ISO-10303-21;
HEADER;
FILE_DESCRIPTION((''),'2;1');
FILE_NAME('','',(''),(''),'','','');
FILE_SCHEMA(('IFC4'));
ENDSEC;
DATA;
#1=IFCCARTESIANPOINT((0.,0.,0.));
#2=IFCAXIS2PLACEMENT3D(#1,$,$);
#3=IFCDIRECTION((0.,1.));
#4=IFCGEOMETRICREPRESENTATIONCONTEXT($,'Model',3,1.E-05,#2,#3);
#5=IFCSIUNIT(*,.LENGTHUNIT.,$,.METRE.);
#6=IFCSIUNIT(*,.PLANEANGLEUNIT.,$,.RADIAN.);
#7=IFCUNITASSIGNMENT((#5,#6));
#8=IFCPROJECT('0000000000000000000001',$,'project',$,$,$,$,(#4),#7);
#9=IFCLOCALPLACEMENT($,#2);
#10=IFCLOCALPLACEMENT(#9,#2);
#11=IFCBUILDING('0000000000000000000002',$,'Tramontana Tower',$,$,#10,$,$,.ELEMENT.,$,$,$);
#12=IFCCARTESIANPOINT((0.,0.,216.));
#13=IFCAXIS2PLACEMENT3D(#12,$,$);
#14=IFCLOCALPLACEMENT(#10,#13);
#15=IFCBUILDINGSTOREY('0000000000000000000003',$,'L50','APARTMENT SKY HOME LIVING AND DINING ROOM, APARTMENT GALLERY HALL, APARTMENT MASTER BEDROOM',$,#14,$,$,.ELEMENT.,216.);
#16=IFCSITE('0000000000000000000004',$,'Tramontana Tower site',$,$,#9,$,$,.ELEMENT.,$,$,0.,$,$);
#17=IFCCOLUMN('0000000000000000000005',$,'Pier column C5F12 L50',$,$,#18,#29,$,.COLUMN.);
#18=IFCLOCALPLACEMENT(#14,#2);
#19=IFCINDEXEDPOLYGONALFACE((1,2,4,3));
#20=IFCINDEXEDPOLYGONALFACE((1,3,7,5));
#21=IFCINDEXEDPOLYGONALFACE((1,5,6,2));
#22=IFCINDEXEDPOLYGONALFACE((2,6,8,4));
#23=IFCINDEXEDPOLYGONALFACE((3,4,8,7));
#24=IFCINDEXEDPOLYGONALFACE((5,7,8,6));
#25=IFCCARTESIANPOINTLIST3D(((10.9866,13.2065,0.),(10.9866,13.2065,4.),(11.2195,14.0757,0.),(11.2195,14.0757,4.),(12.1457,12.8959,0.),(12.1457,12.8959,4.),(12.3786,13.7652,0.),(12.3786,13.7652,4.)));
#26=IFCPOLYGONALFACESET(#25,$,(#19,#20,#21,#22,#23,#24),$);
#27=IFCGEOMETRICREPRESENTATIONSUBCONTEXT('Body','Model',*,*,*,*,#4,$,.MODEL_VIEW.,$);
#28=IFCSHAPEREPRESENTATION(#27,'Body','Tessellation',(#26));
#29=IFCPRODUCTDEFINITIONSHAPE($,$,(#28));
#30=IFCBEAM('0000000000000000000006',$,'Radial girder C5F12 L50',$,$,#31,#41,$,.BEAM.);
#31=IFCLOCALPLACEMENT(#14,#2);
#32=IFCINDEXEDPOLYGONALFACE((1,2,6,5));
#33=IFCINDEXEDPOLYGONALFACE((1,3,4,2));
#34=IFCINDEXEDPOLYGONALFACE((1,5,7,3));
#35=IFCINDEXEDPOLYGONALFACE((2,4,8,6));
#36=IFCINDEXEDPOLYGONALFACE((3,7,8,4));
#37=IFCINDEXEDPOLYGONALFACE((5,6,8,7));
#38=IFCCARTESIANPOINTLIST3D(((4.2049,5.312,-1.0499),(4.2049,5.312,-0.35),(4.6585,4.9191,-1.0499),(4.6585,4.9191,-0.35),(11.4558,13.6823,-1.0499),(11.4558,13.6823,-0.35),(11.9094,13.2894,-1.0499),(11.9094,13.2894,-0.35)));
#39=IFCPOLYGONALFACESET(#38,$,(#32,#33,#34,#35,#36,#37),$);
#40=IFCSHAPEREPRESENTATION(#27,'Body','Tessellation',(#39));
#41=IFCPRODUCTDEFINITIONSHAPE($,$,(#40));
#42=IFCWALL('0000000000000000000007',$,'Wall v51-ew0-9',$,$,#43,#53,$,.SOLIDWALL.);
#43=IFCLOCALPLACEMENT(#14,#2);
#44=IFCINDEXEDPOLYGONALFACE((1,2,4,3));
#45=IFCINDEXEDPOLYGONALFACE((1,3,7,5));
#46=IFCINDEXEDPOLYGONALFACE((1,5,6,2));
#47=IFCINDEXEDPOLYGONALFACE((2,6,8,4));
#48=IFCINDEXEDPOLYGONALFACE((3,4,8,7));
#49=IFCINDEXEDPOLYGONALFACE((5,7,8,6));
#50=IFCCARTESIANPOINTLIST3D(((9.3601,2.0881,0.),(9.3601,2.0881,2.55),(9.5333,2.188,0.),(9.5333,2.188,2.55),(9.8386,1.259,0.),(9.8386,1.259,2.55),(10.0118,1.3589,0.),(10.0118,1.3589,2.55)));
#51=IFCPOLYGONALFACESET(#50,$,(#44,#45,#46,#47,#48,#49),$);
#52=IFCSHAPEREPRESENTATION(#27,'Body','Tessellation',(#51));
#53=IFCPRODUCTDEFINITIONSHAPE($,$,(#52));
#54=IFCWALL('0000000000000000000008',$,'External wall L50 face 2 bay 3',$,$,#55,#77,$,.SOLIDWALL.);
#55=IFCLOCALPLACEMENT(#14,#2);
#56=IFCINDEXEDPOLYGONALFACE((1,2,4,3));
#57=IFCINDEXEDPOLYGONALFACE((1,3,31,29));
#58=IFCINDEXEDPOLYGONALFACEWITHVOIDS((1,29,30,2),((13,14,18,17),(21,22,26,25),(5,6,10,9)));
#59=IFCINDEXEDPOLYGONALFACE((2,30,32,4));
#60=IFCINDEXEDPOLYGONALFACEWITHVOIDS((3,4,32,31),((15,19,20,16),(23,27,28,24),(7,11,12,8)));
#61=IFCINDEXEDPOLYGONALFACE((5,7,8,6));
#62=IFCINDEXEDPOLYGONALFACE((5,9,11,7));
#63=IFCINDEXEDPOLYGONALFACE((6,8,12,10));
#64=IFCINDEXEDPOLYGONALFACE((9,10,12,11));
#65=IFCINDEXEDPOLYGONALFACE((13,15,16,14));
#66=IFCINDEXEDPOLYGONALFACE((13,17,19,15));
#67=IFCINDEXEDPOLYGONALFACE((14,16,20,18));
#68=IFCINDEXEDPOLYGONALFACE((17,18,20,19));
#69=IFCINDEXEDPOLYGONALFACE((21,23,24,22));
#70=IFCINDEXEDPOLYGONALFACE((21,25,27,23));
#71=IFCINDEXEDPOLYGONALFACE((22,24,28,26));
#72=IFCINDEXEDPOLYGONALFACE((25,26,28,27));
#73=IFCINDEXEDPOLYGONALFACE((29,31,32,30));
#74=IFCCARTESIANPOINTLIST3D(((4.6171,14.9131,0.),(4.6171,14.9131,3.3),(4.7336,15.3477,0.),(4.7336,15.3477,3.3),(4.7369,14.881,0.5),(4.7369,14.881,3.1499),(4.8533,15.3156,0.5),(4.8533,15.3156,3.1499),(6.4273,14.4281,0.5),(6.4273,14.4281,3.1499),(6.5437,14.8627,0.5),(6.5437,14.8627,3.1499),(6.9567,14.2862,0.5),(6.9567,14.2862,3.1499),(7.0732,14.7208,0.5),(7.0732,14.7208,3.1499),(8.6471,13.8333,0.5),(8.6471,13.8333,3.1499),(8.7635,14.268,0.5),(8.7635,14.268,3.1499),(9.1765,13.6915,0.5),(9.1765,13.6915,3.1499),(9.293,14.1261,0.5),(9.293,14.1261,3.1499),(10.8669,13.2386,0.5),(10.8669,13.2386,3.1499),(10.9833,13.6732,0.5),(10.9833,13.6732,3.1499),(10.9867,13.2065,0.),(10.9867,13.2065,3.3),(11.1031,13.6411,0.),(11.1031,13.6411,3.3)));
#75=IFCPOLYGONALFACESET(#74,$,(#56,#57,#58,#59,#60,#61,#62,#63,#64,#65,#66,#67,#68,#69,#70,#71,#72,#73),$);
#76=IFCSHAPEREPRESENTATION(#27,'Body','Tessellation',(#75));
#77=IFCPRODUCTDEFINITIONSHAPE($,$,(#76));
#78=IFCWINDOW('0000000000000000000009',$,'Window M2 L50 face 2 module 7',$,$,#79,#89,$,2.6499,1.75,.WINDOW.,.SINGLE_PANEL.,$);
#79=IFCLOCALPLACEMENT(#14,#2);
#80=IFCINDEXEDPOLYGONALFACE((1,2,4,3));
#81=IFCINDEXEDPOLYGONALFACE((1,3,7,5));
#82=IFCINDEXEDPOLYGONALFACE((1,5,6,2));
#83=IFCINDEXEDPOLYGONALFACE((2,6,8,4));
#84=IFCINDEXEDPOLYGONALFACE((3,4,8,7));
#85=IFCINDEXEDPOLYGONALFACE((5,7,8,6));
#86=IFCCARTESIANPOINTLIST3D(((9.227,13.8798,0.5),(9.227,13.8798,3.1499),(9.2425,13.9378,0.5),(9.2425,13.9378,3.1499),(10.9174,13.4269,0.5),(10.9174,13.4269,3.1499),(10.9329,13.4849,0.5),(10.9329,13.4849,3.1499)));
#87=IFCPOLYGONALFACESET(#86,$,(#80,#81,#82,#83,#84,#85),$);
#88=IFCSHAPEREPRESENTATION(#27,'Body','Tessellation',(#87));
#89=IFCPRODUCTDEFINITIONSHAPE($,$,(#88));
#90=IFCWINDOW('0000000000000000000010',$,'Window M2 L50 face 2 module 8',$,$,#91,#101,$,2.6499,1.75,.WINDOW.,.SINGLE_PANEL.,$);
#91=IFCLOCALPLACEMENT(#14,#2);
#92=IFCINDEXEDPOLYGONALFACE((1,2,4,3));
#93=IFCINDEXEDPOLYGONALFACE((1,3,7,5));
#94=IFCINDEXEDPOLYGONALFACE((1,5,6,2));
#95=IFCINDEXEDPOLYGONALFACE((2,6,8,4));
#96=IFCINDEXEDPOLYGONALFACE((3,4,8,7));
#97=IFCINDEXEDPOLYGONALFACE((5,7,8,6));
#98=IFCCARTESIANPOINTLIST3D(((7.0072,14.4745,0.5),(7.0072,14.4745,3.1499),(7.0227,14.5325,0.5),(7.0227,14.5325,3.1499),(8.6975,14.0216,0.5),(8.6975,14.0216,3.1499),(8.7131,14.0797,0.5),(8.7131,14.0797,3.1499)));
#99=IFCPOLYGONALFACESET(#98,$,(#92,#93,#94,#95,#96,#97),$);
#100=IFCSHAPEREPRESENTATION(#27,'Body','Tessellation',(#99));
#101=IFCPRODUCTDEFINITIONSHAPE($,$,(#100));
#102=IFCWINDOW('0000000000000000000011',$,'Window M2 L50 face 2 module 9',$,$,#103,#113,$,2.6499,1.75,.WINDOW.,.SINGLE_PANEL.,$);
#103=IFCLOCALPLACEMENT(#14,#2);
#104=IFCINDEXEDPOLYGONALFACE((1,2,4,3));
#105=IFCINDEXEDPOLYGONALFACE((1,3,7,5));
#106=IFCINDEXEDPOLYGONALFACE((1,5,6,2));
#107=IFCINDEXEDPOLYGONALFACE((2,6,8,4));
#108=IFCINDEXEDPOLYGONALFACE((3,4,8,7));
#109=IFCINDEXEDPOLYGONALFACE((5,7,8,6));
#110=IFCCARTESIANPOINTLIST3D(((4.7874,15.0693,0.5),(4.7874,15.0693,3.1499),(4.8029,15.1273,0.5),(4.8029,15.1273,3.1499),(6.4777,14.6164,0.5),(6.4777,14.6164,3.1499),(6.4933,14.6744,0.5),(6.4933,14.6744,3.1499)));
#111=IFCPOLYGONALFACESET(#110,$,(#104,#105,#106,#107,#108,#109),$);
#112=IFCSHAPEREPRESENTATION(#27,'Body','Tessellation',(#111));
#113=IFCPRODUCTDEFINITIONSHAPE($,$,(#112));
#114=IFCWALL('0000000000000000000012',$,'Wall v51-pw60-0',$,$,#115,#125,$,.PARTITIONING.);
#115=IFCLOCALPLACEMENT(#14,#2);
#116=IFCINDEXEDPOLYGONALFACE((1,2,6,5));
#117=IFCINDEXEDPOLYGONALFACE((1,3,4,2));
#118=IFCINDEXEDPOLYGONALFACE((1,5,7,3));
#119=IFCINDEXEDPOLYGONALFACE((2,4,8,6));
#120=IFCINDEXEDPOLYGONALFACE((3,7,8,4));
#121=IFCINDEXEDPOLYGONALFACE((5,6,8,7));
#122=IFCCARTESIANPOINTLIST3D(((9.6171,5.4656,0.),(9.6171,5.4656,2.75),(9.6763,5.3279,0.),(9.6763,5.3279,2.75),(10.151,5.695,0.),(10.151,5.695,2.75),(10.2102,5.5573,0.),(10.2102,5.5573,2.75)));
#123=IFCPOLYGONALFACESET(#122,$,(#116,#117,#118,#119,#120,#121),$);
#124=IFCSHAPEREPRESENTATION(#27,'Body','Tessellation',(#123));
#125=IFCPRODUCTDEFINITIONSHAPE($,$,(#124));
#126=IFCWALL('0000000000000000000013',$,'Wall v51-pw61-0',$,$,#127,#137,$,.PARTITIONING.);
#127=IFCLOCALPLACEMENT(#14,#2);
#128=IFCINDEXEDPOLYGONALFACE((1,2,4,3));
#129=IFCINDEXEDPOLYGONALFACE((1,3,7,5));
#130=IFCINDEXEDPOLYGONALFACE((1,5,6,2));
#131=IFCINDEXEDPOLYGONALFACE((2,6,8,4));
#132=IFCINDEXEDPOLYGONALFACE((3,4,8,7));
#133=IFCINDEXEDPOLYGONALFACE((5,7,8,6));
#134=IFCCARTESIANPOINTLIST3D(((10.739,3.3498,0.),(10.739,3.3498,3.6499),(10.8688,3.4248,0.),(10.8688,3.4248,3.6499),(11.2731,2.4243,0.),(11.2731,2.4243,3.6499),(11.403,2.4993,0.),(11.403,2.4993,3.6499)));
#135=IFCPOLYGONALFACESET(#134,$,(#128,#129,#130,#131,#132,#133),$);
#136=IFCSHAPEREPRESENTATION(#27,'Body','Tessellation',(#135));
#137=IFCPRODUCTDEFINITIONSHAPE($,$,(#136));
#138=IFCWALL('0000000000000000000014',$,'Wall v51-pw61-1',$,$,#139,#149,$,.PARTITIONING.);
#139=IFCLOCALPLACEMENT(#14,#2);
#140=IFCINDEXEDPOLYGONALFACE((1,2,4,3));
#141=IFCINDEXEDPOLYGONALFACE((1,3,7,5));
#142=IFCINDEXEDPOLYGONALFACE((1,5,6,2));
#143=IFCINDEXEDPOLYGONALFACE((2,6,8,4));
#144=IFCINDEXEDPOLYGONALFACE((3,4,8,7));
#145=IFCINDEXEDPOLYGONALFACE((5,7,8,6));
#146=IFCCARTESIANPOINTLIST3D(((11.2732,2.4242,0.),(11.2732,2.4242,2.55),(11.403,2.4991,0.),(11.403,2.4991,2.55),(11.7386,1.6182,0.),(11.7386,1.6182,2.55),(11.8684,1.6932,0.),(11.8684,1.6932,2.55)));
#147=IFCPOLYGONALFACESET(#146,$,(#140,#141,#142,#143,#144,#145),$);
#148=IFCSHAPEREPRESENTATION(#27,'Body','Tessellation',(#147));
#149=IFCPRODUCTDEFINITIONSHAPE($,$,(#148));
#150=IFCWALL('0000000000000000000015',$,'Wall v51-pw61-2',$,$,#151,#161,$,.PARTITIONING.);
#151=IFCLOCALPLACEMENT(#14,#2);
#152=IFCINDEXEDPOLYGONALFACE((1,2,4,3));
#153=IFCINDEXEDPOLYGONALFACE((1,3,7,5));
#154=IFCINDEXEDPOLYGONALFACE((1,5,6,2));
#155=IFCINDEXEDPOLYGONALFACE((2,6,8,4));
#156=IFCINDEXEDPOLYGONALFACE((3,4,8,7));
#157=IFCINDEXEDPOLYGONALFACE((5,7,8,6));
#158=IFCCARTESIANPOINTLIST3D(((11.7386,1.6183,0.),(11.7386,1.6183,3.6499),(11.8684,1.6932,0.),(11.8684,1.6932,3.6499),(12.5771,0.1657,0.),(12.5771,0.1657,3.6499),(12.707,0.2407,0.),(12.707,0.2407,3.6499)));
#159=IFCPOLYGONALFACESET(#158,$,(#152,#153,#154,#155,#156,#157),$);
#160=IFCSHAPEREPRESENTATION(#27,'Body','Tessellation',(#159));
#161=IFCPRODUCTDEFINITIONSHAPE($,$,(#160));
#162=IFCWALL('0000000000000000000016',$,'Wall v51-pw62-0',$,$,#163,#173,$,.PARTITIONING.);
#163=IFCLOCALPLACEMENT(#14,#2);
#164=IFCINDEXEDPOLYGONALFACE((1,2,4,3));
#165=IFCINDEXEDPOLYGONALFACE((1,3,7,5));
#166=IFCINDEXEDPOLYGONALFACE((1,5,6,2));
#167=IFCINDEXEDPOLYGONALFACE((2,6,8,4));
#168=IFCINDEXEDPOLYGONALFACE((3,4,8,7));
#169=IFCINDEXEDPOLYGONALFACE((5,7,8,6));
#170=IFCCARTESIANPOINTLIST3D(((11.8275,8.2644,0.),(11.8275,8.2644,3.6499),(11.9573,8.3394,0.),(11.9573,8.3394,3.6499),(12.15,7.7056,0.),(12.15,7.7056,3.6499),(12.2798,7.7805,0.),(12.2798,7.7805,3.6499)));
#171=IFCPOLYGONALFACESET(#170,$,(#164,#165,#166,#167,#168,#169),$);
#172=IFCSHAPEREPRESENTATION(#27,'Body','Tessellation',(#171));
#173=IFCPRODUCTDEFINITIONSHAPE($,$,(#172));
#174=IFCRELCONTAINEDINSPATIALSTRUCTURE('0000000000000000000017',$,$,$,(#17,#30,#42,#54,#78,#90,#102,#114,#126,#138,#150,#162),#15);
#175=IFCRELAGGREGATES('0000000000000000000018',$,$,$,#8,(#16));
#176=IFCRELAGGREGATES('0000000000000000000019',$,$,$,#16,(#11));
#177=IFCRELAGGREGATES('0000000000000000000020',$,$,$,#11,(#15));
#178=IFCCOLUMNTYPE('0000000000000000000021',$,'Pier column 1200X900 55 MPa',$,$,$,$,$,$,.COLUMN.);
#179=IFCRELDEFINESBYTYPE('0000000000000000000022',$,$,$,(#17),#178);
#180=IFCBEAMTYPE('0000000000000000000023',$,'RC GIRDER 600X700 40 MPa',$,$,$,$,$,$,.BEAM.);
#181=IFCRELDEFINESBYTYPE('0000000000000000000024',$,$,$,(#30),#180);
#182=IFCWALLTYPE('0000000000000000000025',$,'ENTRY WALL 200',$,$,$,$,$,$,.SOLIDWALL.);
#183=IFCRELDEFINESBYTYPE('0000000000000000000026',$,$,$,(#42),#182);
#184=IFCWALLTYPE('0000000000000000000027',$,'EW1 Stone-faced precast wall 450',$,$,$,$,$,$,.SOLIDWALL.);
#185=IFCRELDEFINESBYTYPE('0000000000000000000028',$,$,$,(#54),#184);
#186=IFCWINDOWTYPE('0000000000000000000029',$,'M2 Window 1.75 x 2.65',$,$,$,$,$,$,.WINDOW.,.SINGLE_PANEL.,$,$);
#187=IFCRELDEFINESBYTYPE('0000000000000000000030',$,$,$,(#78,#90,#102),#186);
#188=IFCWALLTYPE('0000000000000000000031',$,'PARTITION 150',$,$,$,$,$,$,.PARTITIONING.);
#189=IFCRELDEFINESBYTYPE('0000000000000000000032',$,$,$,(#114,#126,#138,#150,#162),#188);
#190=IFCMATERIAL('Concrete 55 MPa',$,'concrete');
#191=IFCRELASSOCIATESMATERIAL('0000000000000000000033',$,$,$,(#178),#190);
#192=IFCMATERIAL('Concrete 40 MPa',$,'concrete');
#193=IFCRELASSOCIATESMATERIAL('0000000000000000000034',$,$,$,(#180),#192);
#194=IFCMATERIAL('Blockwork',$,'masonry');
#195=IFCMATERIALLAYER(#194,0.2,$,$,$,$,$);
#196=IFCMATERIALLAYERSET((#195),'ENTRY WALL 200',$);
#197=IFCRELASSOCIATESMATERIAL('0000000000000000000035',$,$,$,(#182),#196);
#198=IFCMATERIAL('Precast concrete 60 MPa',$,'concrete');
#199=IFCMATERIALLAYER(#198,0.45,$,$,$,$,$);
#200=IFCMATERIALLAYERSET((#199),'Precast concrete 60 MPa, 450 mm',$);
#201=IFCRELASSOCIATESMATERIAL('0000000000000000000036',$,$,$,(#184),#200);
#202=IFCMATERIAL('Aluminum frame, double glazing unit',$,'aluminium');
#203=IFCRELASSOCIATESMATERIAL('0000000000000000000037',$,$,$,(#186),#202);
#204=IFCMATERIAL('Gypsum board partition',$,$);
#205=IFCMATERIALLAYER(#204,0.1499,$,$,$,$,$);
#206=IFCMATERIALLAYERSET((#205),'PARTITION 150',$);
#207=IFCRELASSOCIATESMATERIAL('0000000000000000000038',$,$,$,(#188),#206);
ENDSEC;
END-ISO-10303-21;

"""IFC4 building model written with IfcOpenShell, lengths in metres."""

from ifc_helpers import new_model, si_unit, direction, frame, frame_2d, origin, origin_2d, place, context, subcontext, project, spatial, rectangle, extrude, material, layer, layer_set, material_profile, profile_set, type_object, element, fill, save


model = new_model("IFC4")

# Units and contexts
model_context = context("Model", 3, precision=1e-05, world=origin(), true_north=direction((0.0, 1.0)))
body_context = subcontext(model_context, "Body", "Model", "MODEL_VIEW")
ifc_project = project(units=[si_unit("LENGTHUNIT", "METRE"), si_unit("PLANEANGLEUNIT", "RADIAN")], contexts=[model_context])

# Site, building, storey
site_placement = place(None, origin())
site = spatial("IfcSite", under=ifc_project, at=site_placement, Name="Tramontana Tower site", CompositionType="ELEMENT", RefElevation=0.0)
building_placement = place(site_placement, origin())
building = spatial("IfcBuilding", under=site, at=building_placement, Name="Tramontana Tower", CompositionType="ELEMENT")
storey_placement = place(building_placement, frame((0.0, 0.0, 216.0)))
storey = spatial("IfcBuildingStorey", under=building, at=storey_placement, Name="L50", Description="APARTMENT SKY HOME LIVING AND DINING ROOM, APARTMENT GALLERY HALL, APARTMENT MASTER BEDROOM", CompositionType="ELEMENT", Elevation=216.0)

# Column
ifc_material_1 = material(Name="Concrete 55 MPa", Category="concrete")
ifc_material_profile_1 = material_profile(ifc_material_1, rectangle(XDim=1.2, YDim=0.8999, at=origin_2d()), Name="Pier column 1200X900 55 MPa")
ifc_profile_set_1 = profile_set([ifc_material_profile_1], Name="Concrete 55 MPa")
column_type = type_object("IfcColumnType", Name="Pier column 1200X900 55 MPa", PredefinedType="COLUMN", material=ifc_profile_set_1)
column_placement = place(storey_placement, frame((11.6826, 13.4858, 0.0), z_axis=(0.0, 0.0, 1.0), x_axis=(-0.965926, 0.258819, 0.0)))
element("IfcColumn", 1, at=column_placement, inside=storey, type_object=column_type, Name="Pier column C5F12 L50", PredefinedType="COLUMN", context=body_context, shape_type="SweptSolid", body=[
    extrude(rectangle(XDim=1.2, YDim=0.8999, at=origin_2d()), origin(), (0.0, 0.0, 1.0), 4.0),
])

# Beam
ifc_material_2 = material(Name="Concrete 40 MPa", Category="concrete")
ifc_material_profile_2 = material_profile(ifc_material_2, rectangle(XDim=0.6001, YDim=0.7, at=origin_2d()), Name="RC GIRDER 600X700 40 MPa")
ifc_profile_set_2 = profile_set([ifc_material_profile_2], Name="Concrete 40 MPa")
beam_type = type_object("IfcBeamType", Name="RC GIRDER 600X700 40 MPa", PredefinedType="BEAM", material=ifc_profile_set_2)
beam_placement = place(storey_placement, frame((11.6826, 13.4858, -0.7), z_axis=(-0.654758, -0.755838, 0.0), x_axis=(0.755838, -0.654758, 0.0)))
element("IfcBeam", 2, at=beam_placement, inside=storey, type_object=beam_type, Name="Radial girder C5F12 L50", PredefinedType="BEAM", context=body_context, shape_type="SweptSolid", body=[
    extrude(rectangle(XDim=0.6001, YDim=0.7, at=origin_2d()), origin(), (0.0, 0.0, 1.0), 11.0742),
])

# Wall
ifc_material_3 = material(Name="Blockwork", Category="masonry")
ifc_layer_1 = layer(ifc_material_3, 0.2)
ifc_layer_set_1 = layer_set([ifc_layer_1], Name="ENTRY WALL 200")
wall_type_1 = type_object("IfcWallType", Name="ENTRY WALL 200", PredefinedType="SOLIDWALL", material=ifc_layer_set_1)
wall_1_placement = place(storey_placement, frame((9.4468, 2.1379, 0.0), z_axis=(0.0, 0.0, 1.0), x_axis=(0.49987, -0.866101, 0.0)))
element("IfcWall", 3, at=wall_1_placement, inside=storey, type_object=wall_type_1, Name="Wall v51-ew0-9", PredefinedType="SOLIDWALL", context=body_context, shape_type="SweptSolid", body=[
    extrude(rectangle(XDim=0.9573, YDim=0.2, at=frame_2d((0.4785, 0.0))), origin(), (0.0, 0.0, 1.0), 2.55),
])

# Wall, openings, windows
ifc_material_4 = material(Name="Precast concrete 60 MPa", Category="concrete")
ifc_layer_2 = layer(ifc_material_4, 0.45)
ifc_layer_set_2 = layer_set([ifc_layer_2], Name="Precast concrete 60 MPa, 450 mm")
wall_type_2 = type_object("IfcWallType", Name="EW1 Stone-faced precast wall 450", PredefinedType="SOLIDWALL", material=ifc_layer_set_2)
wall_2_placement = place(storey_placement, frame((11.0449, 13.4238, 0.0), z_axis=(0.0, 0.0, 1.0), x_axis=(-0.965933, 0.258792, 0.0)))
wall_2 = element("IfcWall", 4, at=wall_2_placement, inside=storey, type_object=wall_type_2, Name="External wall L50 face 2 bay 3", PredefinedType="SOLIDWALL", context=body_context, shape_type="SweptSolid", body=[
    extrude(rectangle(XDim=6.5942, YDim=0.45, at=frame_2d((3.2971, 0.0))), origin(), (0.0, 0.0, 1.0), 3.3),
])
opening_1_placement = place(wall_2_placement, frame((0.124, 0.0, 0.5)))
opening_1 = element("IfcOpeningElement", 5, at=opening_1_placement, cuts=wall_2, PredefinedType="OPENING", context=body_context, shape_type="SweptSolid", body=[
    extrude(rectangle(XDim=1.75, YDim=2.6499, at=frame_2d((0.875, 1.325))), frame((0.0, 0.2349, 0.0), z_axis=(0.0, -1.0, 0.0), x_axis=(1.0, 0.0, 0.0)), (0.0, 0.0, 1.0), 0.47),
])
opening_2_placement = place(wall_2_placement, frame((2.4221, 0.0, 0.5)))
opening_2 = element("IfcOpeningElement", 6, at=opening_2_placement, cuts=wall_2, PredefinedType="OPENING", context=body_context, shape_type="SweptSolid", body=[
    extrude(rectangle(XDim=1.75, YDim=2.6499, at=frame_2d((0.875, 1.325))), frame((0.0, 0.2349, 0.0), z_axis=(0.0, -1.0, 0.0), x_axis=(1.0, 0.0, 0.0)), (0.0, 0.0, 1.0), 0.47),
])
opening_3_placement = place(wall_2_placement, frame((4.7202, 0.0, 0.5)))
opening_3 = element("IfcOpeningElement", 7, at=opening_3_placement, cuts=wall_2, PredefinedType="OPENING", context=body_context, shape_type="SweptSolid", body=[
    extrude(rectangle(XDim=1.75, YDim=2.6499, at=frame_2d((0.875, 1.325))), frame((0.0, 0.2349, 0.0), z_axis=(0.0, -1.0, 0.0), x_axis=(1.0, 0.0, 0.0)), (0.0, 0.0, 1.0), 0.47),
])
ifc_material_5 = material(Name="Aluminum frame, double glazing unit", Category="aluminium")
window_type = type_object("IfcWindowType", Name="M2 Window 1.75 x 2.65", PartitioningType="SINGLE_PANEL", PredefinedType="WINDOW", material=ifc_material_5)
window_1_placement = place(opening_1_placement, origin())
window_1 = element("IfcWindow", 8, at=window_1_placement, inside=storey, type_object=window_type, Name="Window M2 L50 face 2 module 7", OverallHeight=2.6499, OverallWidth=1.75, PartitioningType="SINGLE_PANEL", PredefinedType="WINDOW", context=body_context, shape_type="SweptSolid", body=[
    extrude(rectangle(XDim=1.75, YDim=2.6499, at=frame_2d((0.875, 1.325))), frame((0.0, 0.03, 0.0), z_axis=(0.0, -1.0, 0.0), x_axis=(1.0, 0.0, 0.0)), (0.0, 0.0, 1.0), 0.0601),
])
fill(opening_1, window_1)
window_2_placement = place(opening_2_placement, origin())
window_2 = element("IfcWindow", 9, at=window_2_placement, inside=storey, type_object=window_type, Name="Window M2 L50 face 2 module 8", OverallHeight=2.6499, OverallWidth=1.75, PartitioningType="SINGLE_PANEL", PredefinedType="WINDOW", context=body_context, shape_type="SweptSolid", body=[
    extrude(rectangle(XDim=1.75, YDim=2.6499, at=frame_2d((0.875, 1.325))), frame((0.0, 0.03, 0.0), z_axis=(0.0, -1.0, 0.0), x_axis=(1.0, 0.0, 0.0)), (0.0, 0.0, 1.0), 0.0601),
])
fill(opening_2, window_2)
window_3_placement = place(opening_3_placement, origin())
window_3 = element("IfcWindow", 10, at=window_3_placement, inside=storey, type_object=window_type, Name="Window M2 L50 face 2 module 9", OverallHeight=2.6499, OverallWidth=1.75, PartitioningType="SINGLE_PANEL", PredefinedType="WINDOW", context=body_context, shape_type="SweptSolid", body=[
    extrude(rectangle(XDim=1.75, YDim=2.6499, at=frame_2d((0.875, 1.325))), frame((0.0, 0.03, 0.0), z_axis=(0.0, -1.0, 0.0), x_axis=(1.0, 0.0, 0.0)), (0.0, 0.0, 1.0), 0.0601),
])
fill(opening_3, window_3)

# Wall
ifc_material_6 = material(Name="Gypsum board partition")
ifc_layer_3 = layer(ifc_material_6, 0.1499)
ifc_layer_set_3 = layer_set([ifc_layer_3], Name="PARTITION 150")
wall_type_3 = type_object("IfcWallType", Name="PARTITION 150", PredefinedType="PARTITIONING", material=ifc_layer_set_3)
wall_3_placement = place(storey_placement, frame((9.6467, 5.3967, 0.0), z_axis=(0.0, 0.0, 1.0), x_axis=(0.918732, 0.394882, 0.0)))
element("IfcWall", 11, at=wall_3_placement, inside=storey, type_object=wall_type_3, Name="Wall v51-pw60-0", PredefinedType="PARTITIONING", context=body_context, shape_type="SweptSolid", body=[
    extrude(rectangle(XDim=0.5811, YDim=0.1499, at=frame_2d((0.2905, 0.0))), origin(), (0.0, 0.0, 1.0), 2.75),
])

# Walls
wall_4_placement = place(storey_placement, frame((10.804, 3.3872, 0.0), z_axis=(0.0, 0.0, 1.0), x_axis=(0.499874, -0.866098, 0.0)))
element("IfcWall", 12, at=wall_4_placement, inside=storey, type_object=wall_type_3, Name="Wall v51-pw61-0", PredefinedType="PARTITIONING", context=body_context, shape_type="SweptSolid", body=[
    extrude(rectangle(XDim=1.0686, YDim=0.1499, at=frame_2d((0.5342, 0.0))), origin(), (0.0, 0.0, 1.0), 3.6499),
])
wall_5_placement = place(storey_placement, frame((11.3381, 2.4617, 0.0), z_axis=(0.0, 0.0, 1.0), x_axis=(0.500033, -0.866006, 0.0)))
element("IfcWall", 13, at=wall_5_placement, inside=storey, type_object=wall_type_3, Name="Wall v51-pw61-1", PredefinedType="PARTITIONING", context=body_context, shape_type="SweptSolid", body=[
    extrude(rectangle(XDim=0.9307, YDim=0.1499, at=frame_2d((0.4653, 0.0))), origin(), (0.0, 0.0, 1.0), 2.55),
])
wall_6_placement = place(storey_placement, frame((11.8035, 1.6558, 0.0), z_axis=(0.0, 0.0, 1.0), x_axis=(0.499974, -0.86604, 0.0)))
element("IfcWall", 14, at=wall_6_placement, inside=storey, type_object=wall_type_3, Name="Wall v51-pw61-2", PredefinedType="PARTITIONING", context=body_context, shape_type="SweptSolid", body=[
    extrude(rectangle(XDim=1.6772, YDim=0.1499, at=frame_2d((0.8386, 0.0))), origin(), (0.0, 0.0, 1.0), 3.6499),
])
wall_7_placement = place(storey_placement, frame((11.8923, 8.302, 0.0), z_axis=(0.0, 0.0, 1.0), x_axis=(0.499843, -0.866116, 0.0)))
element("IfcWall", 15, at=wall_7_placement, inside=storey, type_object=wall_type_3, Name="Wall v51-pw62-0", PredefinedType="PARTITIONING", context=body_context, shape_type="SweptSolid", body=[
    extrude(rectangle(XDim=0.6453, YDim=0.1499, at=frame_2d((0.3228, 0.0))), origin(), (0.0, 0.0, 1.0), 3.6499),
])

save(model, "model.ifc")
